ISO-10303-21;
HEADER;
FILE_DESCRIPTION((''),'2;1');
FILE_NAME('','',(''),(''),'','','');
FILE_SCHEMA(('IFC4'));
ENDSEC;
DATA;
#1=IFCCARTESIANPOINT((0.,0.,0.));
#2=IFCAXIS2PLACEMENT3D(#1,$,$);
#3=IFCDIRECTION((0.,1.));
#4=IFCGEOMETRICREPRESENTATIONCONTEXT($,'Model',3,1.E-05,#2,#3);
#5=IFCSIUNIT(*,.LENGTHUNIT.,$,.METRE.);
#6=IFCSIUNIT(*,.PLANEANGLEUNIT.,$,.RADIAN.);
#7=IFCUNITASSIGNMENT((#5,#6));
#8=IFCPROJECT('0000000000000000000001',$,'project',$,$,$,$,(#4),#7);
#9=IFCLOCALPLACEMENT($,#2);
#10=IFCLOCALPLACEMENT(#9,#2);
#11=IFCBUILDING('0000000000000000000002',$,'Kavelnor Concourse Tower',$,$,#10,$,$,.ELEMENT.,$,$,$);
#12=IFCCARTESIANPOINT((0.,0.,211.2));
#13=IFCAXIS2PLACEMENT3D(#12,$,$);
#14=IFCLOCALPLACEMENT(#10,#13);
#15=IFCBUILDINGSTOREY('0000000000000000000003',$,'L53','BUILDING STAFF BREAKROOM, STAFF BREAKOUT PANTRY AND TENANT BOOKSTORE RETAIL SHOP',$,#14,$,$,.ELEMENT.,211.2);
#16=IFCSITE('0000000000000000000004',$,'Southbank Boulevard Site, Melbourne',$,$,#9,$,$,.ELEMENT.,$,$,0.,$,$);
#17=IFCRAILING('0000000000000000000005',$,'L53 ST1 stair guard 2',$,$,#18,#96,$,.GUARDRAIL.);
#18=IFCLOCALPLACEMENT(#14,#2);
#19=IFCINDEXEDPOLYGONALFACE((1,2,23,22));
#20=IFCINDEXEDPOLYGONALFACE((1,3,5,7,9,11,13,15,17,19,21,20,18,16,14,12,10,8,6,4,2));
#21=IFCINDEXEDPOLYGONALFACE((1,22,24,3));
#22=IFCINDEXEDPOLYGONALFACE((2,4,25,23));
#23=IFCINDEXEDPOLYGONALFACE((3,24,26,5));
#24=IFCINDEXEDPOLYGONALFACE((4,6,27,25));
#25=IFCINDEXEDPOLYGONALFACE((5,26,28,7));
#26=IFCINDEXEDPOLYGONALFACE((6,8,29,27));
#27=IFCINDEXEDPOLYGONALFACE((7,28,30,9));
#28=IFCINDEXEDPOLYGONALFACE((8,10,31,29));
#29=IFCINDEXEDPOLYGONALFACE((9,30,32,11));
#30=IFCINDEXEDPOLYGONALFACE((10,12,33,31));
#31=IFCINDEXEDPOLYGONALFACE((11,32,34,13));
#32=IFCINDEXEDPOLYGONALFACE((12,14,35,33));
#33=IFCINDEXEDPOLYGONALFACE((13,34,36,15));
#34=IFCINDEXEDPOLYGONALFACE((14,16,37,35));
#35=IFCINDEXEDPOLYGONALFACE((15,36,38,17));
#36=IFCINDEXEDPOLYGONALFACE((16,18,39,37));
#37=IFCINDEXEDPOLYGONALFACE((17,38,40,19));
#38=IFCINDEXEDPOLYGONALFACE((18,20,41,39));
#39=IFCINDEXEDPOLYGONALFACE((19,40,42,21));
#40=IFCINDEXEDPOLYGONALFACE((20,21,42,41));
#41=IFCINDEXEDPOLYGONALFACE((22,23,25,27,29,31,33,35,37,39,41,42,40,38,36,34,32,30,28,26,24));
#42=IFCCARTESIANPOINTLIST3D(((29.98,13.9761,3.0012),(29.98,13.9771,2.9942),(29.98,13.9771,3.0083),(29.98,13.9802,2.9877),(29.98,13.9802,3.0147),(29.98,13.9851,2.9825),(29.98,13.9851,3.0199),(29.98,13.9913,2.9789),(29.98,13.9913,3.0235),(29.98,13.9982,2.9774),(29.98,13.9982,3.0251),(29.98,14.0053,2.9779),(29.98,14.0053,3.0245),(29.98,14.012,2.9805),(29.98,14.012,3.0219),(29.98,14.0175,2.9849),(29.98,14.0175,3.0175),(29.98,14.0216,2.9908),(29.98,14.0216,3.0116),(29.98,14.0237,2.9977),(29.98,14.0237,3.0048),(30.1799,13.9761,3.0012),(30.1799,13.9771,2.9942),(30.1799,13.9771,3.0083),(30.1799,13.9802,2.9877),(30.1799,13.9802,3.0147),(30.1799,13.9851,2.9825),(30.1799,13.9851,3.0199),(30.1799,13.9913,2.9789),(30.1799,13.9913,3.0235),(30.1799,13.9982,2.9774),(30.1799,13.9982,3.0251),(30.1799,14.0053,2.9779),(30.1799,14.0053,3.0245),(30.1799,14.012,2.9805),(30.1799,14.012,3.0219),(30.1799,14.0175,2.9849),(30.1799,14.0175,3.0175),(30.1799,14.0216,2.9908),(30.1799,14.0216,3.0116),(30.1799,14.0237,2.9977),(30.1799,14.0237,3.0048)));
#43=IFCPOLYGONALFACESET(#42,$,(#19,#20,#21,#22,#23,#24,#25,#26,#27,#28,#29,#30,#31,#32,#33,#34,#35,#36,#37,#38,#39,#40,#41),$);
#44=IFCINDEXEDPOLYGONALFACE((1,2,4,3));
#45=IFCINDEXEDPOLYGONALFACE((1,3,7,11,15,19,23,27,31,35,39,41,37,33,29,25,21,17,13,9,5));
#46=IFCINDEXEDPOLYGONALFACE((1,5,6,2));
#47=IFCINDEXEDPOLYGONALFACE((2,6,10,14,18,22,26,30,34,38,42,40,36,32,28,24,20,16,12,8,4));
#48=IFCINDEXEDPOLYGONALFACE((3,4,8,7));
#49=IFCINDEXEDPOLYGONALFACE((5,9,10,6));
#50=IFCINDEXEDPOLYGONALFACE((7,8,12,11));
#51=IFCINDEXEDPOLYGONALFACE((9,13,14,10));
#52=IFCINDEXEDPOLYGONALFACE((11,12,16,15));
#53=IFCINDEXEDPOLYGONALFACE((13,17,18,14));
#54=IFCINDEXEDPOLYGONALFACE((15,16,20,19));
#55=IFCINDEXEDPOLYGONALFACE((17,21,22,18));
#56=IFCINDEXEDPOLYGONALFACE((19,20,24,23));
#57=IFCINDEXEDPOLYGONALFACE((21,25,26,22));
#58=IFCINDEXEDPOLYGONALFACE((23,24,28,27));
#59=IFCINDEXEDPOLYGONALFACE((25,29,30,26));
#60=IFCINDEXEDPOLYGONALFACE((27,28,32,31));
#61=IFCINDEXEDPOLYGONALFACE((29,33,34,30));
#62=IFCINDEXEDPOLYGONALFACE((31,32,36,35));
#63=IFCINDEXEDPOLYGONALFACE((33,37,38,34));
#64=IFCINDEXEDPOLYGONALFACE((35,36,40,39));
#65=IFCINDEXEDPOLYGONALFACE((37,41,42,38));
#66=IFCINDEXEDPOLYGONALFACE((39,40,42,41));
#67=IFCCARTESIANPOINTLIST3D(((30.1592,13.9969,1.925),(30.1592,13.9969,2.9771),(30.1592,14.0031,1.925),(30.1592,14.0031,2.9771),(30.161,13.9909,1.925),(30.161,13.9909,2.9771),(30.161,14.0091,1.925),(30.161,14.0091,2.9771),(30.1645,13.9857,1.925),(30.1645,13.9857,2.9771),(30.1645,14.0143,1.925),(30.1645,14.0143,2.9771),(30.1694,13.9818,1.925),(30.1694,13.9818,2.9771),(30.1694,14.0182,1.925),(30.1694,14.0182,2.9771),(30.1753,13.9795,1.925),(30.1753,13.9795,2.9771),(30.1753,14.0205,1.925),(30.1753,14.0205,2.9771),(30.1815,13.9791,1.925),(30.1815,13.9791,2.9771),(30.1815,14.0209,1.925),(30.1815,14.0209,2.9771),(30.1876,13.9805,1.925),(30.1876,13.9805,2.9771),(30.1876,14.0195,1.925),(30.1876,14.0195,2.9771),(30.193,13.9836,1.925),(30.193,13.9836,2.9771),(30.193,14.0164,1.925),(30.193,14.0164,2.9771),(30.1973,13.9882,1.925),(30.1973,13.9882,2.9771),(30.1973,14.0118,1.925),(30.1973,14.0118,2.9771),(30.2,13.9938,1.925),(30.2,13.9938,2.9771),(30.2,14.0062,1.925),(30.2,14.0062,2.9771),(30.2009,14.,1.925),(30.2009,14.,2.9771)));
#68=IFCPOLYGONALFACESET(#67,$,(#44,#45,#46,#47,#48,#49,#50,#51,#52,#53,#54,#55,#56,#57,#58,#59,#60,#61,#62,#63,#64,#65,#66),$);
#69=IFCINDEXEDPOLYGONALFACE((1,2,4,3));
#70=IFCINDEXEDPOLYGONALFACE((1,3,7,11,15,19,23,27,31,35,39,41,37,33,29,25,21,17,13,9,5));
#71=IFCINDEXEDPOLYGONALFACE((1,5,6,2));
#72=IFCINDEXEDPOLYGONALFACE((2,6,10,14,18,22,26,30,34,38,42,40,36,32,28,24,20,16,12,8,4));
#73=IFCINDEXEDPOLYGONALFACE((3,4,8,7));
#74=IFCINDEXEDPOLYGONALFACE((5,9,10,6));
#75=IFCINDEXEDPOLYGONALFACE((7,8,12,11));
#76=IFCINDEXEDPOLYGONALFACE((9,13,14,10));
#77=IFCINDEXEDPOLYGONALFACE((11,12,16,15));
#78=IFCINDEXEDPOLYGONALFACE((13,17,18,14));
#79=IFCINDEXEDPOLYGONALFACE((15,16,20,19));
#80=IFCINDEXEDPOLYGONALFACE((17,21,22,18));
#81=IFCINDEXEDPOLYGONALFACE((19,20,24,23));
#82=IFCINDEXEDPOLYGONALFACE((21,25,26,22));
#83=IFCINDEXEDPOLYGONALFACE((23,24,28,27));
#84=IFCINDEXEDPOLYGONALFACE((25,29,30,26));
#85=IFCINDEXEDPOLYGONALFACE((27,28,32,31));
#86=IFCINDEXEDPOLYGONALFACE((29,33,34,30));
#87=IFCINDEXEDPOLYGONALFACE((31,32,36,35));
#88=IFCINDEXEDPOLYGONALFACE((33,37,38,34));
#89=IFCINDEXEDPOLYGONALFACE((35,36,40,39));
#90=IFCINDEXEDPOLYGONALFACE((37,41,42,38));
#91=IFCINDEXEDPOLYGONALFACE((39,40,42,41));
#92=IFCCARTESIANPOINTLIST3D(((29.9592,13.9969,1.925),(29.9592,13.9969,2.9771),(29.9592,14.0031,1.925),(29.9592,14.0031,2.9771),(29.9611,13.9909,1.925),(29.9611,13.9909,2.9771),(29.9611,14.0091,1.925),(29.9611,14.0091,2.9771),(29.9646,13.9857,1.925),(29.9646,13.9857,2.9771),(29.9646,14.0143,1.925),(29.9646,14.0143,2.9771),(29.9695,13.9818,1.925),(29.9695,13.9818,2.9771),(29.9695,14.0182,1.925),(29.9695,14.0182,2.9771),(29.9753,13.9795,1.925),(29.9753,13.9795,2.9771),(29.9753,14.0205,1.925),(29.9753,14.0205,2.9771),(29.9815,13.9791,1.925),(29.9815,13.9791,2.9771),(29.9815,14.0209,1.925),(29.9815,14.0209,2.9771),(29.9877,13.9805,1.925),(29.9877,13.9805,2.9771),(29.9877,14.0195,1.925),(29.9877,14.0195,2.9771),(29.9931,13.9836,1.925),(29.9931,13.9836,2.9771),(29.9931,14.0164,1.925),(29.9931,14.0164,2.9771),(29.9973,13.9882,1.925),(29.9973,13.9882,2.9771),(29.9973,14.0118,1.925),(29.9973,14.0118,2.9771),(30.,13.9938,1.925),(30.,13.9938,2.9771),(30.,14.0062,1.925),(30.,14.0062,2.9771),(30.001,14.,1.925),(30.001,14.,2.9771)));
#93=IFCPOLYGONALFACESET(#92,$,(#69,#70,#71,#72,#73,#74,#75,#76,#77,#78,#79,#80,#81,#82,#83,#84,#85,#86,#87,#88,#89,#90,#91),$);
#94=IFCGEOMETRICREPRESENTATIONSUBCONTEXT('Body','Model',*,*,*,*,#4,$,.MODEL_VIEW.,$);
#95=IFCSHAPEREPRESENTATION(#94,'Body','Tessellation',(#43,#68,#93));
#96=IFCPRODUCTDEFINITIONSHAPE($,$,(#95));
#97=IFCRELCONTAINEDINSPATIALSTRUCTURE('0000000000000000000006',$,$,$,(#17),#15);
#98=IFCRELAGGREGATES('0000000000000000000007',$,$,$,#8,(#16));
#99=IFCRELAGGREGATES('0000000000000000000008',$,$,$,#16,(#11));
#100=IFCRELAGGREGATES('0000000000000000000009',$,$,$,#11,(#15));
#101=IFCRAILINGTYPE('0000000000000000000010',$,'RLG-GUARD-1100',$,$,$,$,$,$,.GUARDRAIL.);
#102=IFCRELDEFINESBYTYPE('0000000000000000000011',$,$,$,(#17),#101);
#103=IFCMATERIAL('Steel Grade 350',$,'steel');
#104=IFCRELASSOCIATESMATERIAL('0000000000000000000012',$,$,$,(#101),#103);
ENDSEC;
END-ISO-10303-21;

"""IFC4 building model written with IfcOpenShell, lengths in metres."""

from ifc_helpers import new_model, si_unit, direction, frame, origin, origin_2d, place, context, subcontext, project, spatial, circle, extrude, material, type_object, element, save


model = new_model("IFC4")

# Units and contexts
model_context = context("Model", 3, precision=1e-05, world=origin(), true_north=direction((0.0, 1.0)))
body_context = subcontext(model_context, "Body", "Model", "MODEL_VIEW")
ifc_project = project(units=[si_unit("LENGTHUNIT", "METRE"), si_unit("PLANEANGLEUNIT", "RADIAN")], contexts=[model_context])

# Site, building, storey
site_placement = place(None, origin())
site = spatial("IfcSite", under=ifc_project, at=site_placement, Name="Southbank Boulevard Site, Melbourne", CompositionType="ELEMENT", RefElevation=0.0)
building_placement = place(site_placement, origin())
building = spatial("IfcBuilding", under=site, at=building_placement, Name="Kavelnor Concourse Tower", CompositionType="ELEMENT")
storey_placement = place(building_placement, frame((0.0, 0.0, 211.2)))
storey = spatial("IfcBuildingStorey", under=building, at=storey_placement, Name="L53", Description="BUILDING STAFF BREAKROOM, STAFF BREAKOUT PANTRY AND TENANT BOOKSTORE RETAIL SHOP", CompositionType="ELEMENT", Elevation=211.2)

# Shared definitions
ifc_material_1 = material(Name="Steel Grade 350", Category="steel")

# Railing
railing_type_1 = type_object("IfcRailingType", Name="RLG-GUARD-1100", PredefinedType="GUARDRAIL", material=ifc_material_1)
railing_1_placement = place(storey_placement, frame((30.1799, 14.0, 1.925)))
element("IfcRailing", 1, at=railing_1_placement, inside=storey, type_object=railing_type_1, Name="L53 ST1 stair guard 2", PredefinedType="GUARDRAIL", context=body_context, shape_type="SweptSolid", body=[
    extrude(circle(Radius=0.0239, at=origin_2d()), frame((0.0, 0.0, 1.0762), z_axis=(-1.0, 0.0, 0.0), x_axis=(0.0, -1.0, 0.0)), (0.0, 0.0, 1.0), 0.2),
    extrude(circle(Radius=0.021, at=origin_2d()), origin(), (0.0, 0.0, 1.0), 1.052),
    extrude(circle(Radius=0.021, at=origin_2d()), frame((-0.2, 0.0, 0.0)), (0.0, 0.0, 1.0), 1.052),
])

save(model, "model.ifc")
